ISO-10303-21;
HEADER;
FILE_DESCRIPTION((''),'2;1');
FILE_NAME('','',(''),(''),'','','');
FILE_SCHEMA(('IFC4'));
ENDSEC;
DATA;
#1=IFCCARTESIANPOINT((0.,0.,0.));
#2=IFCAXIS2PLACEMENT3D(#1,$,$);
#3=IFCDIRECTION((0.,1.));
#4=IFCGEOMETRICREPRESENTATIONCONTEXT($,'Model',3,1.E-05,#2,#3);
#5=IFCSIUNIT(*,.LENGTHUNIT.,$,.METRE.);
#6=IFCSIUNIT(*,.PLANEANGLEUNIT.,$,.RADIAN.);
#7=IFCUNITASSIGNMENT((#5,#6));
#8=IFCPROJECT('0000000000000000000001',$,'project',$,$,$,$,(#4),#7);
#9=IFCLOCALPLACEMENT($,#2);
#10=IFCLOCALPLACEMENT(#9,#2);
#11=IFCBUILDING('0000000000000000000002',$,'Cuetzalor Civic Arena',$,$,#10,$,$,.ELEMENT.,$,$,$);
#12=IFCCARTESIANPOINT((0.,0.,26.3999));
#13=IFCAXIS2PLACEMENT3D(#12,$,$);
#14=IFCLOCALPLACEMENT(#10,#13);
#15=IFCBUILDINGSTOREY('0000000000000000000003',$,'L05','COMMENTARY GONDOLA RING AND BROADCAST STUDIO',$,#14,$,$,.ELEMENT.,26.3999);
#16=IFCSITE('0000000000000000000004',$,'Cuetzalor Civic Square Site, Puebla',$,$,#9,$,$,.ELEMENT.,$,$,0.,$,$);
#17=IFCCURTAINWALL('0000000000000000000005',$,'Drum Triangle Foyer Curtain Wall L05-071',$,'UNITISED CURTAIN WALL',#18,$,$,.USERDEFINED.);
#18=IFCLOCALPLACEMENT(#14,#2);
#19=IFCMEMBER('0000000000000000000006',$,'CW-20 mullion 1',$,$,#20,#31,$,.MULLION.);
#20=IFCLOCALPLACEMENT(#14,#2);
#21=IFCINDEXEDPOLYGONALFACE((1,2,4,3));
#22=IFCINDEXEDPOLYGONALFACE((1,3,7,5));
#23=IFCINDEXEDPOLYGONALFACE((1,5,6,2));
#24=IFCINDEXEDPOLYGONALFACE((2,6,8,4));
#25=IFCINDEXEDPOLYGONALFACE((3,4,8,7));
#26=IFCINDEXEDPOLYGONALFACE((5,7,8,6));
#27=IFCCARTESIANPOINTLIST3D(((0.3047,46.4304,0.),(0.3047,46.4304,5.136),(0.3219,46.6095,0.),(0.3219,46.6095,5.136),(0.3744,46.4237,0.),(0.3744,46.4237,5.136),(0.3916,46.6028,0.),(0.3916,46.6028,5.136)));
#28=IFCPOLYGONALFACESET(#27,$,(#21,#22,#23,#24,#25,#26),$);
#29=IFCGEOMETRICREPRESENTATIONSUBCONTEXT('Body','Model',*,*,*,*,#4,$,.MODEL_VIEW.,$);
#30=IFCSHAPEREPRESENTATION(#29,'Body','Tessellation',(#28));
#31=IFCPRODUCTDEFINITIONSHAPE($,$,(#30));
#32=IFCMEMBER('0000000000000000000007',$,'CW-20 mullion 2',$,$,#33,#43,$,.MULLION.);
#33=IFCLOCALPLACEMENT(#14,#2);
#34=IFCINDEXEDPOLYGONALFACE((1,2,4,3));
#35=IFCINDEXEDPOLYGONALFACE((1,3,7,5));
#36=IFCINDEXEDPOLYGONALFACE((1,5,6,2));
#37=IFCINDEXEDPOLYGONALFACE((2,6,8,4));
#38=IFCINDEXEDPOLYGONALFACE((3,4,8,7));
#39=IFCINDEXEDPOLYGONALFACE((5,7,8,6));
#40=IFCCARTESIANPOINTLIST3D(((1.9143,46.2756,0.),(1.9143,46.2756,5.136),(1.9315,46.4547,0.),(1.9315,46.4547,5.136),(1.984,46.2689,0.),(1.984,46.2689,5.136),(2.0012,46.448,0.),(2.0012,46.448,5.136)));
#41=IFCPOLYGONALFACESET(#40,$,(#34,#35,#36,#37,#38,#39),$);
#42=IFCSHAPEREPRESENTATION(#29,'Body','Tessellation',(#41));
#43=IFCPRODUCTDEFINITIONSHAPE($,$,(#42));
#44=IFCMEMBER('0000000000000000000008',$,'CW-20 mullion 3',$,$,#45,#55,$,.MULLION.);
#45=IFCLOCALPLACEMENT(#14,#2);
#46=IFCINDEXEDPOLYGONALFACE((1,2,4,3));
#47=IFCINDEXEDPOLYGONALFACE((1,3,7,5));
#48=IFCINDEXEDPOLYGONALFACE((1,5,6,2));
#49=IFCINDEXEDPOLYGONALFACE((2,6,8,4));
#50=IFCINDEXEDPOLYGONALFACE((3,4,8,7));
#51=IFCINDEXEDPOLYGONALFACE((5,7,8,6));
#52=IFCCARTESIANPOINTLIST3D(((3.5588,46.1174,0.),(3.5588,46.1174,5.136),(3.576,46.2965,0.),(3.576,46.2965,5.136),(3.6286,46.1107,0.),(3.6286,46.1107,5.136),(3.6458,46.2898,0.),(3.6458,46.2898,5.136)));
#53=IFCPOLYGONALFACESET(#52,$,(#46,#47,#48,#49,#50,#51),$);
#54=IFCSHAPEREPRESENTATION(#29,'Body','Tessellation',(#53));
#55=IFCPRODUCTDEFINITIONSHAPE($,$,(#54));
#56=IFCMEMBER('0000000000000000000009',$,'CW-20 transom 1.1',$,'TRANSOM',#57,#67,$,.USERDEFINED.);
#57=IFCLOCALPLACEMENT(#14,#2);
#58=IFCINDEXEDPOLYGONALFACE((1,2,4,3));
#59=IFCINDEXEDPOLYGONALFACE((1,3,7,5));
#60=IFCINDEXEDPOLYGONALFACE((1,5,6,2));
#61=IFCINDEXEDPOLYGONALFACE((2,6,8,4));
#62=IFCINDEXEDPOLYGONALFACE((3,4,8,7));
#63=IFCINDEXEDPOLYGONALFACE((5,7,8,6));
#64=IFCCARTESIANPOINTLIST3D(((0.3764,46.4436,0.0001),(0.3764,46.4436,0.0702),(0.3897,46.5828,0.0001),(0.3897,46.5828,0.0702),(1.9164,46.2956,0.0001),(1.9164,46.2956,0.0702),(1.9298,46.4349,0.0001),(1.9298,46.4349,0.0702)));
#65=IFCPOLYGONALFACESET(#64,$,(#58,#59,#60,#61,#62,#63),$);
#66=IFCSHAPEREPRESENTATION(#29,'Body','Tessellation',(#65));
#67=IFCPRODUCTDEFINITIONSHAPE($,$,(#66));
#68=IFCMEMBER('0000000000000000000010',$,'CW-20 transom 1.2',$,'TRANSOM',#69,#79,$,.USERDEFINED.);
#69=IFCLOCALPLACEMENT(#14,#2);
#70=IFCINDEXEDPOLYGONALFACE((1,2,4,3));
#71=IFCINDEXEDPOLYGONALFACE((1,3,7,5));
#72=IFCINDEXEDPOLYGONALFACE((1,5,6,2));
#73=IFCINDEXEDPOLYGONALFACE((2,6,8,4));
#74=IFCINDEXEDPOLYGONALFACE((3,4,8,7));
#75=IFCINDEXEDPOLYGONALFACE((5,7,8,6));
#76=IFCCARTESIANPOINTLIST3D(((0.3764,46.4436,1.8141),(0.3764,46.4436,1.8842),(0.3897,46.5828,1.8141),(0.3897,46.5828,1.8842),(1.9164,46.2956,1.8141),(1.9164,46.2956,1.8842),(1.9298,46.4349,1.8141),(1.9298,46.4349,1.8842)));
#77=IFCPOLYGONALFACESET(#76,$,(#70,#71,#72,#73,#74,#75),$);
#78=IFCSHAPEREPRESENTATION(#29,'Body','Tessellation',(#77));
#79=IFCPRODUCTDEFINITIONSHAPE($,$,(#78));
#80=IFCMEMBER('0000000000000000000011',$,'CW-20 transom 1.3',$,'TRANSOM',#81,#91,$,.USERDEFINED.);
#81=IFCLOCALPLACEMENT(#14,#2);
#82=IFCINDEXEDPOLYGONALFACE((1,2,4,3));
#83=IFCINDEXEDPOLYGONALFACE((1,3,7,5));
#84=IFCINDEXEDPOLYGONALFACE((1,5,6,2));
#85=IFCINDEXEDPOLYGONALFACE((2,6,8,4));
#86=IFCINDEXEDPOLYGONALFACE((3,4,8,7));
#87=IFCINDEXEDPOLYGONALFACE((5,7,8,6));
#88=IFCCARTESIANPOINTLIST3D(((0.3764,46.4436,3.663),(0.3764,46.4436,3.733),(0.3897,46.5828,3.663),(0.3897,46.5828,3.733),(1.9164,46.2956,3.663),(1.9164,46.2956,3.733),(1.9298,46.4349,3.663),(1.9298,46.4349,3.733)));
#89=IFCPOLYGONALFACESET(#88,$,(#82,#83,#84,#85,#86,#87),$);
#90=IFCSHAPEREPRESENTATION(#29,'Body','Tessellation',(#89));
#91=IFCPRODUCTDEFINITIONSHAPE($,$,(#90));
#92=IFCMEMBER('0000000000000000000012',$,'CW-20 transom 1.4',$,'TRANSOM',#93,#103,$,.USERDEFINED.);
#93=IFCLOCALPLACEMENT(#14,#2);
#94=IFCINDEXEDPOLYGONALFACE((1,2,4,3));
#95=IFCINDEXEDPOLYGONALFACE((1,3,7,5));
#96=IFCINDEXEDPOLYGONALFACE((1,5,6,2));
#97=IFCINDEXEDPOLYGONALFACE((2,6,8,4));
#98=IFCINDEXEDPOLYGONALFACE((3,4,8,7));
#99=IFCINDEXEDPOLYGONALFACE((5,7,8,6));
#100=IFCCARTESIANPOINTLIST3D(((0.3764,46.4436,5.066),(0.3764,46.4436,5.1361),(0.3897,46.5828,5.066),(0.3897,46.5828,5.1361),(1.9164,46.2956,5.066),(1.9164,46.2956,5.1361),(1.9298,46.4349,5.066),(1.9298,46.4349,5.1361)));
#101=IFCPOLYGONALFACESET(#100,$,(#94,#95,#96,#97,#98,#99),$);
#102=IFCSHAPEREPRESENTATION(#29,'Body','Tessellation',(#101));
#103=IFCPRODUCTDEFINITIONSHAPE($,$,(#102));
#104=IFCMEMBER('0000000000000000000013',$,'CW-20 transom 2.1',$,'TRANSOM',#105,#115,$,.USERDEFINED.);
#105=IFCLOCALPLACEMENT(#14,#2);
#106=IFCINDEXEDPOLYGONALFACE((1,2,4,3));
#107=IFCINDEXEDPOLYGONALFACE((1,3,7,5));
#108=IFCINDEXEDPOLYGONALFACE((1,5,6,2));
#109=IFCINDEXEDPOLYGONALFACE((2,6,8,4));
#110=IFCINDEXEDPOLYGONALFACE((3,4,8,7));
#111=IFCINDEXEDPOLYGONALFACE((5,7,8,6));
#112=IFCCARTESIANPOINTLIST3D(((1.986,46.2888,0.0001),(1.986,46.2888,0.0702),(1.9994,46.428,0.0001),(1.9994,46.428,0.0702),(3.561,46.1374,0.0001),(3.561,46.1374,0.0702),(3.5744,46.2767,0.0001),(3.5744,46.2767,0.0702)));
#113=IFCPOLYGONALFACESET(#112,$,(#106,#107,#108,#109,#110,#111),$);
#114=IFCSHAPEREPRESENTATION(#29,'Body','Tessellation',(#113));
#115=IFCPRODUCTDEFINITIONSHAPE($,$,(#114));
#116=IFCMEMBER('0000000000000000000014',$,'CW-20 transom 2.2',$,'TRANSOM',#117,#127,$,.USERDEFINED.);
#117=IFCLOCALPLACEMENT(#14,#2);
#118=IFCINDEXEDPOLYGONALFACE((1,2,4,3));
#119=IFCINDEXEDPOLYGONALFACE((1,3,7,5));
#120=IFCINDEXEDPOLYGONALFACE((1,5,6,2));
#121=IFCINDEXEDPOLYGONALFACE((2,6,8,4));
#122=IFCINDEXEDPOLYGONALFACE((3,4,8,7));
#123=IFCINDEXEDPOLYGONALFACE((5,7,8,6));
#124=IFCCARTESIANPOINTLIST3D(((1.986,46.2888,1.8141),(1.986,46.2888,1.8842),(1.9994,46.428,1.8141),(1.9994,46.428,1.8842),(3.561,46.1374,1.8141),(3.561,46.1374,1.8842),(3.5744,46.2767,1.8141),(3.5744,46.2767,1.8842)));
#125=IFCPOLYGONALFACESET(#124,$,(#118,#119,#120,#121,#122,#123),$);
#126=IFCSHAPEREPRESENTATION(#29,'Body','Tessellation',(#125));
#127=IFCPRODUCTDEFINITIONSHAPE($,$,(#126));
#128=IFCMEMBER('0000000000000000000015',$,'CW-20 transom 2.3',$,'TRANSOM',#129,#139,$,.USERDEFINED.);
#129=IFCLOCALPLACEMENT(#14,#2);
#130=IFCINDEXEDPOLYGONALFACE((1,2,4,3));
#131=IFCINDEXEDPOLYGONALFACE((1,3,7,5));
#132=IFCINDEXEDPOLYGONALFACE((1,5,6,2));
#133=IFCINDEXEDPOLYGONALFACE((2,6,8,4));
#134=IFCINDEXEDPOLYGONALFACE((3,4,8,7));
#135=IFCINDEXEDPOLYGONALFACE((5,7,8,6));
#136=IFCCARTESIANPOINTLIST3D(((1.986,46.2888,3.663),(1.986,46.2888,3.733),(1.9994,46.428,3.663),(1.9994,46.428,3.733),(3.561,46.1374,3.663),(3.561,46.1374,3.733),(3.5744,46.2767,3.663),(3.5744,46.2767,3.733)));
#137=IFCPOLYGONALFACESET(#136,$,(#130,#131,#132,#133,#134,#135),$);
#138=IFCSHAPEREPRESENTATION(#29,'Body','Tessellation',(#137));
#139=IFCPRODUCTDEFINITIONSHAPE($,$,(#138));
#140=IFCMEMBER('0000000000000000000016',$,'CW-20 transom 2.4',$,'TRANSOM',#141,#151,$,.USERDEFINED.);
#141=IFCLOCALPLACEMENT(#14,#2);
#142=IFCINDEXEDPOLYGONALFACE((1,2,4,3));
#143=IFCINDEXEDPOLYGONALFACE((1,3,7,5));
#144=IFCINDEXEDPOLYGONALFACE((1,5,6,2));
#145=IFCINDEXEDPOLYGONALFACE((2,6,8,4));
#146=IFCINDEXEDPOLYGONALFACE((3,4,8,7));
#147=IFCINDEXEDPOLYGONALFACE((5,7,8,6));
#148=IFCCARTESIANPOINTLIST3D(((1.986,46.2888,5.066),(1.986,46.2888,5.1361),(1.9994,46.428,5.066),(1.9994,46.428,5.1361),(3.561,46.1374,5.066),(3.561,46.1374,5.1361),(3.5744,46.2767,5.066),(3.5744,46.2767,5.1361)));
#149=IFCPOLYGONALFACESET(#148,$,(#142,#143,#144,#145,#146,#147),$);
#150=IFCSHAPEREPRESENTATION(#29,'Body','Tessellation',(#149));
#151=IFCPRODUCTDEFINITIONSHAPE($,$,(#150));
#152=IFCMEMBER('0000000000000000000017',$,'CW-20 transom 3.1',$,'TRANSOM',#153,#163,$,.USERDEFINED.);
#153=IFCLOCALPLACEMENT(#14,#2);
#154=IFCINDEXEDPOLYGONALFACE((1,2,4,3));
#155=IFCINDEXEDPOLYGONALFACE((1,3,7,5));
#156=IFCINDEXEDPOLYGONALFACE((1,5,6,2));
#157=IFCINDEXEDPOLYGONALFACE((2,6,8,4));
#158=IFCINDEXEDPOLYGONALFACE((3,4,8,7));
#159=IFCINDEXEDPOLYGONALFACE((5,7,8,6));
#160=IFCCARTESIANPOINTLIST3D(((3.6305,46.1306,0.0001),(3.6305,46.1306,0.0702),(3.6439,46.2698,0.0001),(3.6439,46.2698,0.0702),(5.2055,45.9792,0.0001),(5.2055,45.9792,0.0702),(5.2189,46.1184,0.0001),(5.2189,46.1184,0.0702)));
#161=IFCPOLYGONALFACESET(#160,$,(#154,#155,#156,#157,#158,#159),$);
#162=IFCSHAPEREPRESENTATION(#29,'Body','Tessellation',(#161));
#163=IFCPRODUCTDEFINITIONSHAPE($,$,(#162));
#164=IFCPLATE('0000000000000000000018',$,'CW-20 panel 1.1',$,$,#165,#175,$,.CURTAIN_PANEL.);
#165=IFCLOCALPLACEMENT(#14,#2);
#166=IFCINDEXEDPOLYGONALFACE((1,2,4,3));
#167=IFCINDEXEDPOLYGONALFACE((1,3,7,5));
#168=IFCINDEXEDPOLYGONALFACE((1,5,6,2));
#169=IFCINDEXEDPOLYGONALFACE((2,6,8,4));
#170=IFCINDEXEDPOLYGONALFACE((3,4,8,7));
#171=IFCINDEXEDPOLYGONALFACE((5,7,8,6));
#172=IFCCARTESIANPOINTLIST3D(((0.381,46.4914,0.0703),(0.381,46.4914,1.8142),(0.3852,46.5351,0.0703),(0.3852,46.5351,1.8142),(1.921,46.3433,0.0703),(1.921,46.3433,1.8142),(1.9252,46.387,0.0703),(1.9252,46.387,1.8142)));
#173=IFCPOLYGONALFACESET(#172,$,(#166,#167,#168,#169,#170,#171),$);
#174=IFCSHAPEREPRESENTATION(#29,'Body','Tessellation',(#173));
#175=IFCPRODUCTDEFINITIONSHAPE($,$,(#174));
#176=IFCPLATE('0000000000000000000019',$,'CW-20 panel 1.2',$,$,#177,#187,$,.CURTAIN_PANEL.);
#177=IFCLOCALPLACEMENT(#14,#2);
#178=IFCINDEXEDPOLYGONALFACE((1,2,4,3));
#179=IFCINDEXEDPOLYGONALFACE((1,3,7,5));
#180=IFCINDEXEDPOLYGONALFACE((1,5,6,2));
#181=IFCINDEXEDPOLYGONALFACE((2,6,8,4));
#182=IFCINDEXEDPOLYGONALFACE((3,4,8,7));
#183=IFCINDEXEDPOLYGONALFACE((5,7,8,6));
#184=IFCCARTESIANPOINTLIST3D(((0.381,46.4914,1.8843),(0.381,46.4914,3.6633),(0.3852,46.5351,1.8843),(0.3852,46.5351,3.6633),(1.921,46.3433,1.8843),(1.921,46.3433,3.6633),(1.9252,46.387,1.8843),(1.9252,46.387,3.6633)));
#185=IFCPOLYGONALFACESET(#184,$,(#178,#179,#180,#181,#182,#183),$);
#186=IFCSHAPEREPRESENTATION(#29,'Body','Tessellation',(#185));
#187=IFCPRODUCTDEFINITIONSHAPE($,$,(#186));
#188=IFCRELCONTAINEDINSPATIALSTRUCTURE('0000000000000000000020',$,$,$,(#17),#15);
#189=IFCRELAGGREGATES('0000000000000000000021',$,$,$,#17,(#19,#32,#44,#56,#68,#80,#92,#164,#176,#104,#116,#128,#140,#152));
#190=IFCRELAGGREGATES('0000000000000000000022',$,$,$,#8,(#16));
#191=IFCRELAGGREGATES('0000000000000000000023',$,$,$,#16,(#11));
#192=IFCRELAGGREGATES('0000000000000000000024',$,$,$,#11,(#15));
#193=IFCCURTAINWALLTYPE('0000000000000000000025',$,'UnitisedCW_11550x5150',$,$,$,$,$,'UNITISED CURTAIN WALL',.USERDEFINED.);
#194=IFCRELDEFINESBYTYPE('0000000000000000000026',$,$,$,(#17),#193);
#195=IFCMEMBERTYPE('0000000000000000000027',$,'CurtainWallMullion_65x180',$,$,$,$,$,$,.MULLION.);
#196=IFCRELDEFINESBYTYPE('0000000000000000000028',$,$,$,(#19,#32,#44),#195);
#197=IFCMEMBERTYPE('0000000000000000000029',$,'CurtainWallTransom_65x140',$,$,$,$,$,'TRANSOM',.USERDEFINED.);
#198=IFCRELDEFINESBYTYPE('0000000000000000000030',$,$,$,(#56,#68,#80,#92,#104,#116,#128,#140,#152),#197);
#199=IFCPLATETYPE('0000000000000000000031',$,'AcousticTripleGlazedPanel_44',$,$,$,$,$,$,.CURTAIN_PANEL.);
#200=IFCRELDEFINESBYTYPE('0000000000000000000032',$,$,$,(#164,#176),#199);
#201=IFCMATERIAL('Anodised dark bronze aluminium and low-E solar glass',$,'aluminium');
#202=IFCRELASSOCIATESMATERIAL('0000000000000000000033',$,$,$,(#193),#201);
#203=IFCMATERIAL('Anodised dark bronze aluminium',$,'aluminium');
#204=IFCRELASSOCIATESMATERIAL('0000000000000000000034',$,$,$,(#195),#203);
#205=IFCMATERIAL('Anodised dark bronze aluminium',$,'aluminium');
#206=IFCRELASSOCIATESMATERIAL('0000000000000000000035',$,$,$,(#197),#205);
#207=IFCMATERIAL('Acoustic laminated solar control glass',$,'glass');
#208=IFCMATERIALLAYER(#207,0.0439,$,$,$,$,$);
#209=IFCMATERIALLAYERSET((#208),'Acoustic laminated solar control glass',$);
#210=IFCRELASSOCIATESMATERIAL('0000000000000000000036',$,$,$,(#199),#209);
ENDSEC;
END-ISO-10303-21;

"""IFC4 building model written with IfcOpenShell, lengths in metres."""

from ifc_helpers import new_model, si_unit, direction, frame, origin, origin_2d, place, context, subcontext, project, spatial, rectangle, extrude, material, layer, layer_set, material_profile, profile_set, type_object, element, aggregate, save


model = new_model("IFC4")

# Units and contexts
model_context = context("Model", 3, precision=1e-05, world=origin(), true_north=direction((0.0, 1.0)))
body_context = subcontext(model_context, "Body", "Model", "MODEL_VIEW")
ifc_project = project(units=[si_unit("LENGTHUNIT", "METRE"), si_unit("PLANEANGLEUNIT", "RADIAN")], contexts=[model_context])

# Site, building, storey
site_placement = place(None, origin())
site = spatial("IfcSite", under=ifc_project, at=site_placement, Name="Cuetzalor Civic Square Site, Puebla", CompositionType="ELEMENT", RefElevation=0.0)
building_placement = place(site_placement, origin())
building = spatial("IfcBuilding", under=site, at=building_placement, Name="Cuetzalor Civic Arena", CompositionType="ELEMENT")
storey_placement = place(building_placement, frame((0.0, 0.0, 26.3999)))
storey = spatial("IfcBuildingStorey", under=building, at=storey_placement, Name="L05", Description="COMMENTARY GONDOLA RING AND BROADCAST STUDIO", CompositionType="ELEMENT", Elevation=26.3999)

# Curtain wall, members, plates
ifc_material_1 = material(Name="Anodised dark bronze aluminium and low-E solar glass", Category="aluminium")
curtain_wall_type = type_object("IfcCurtainWallType", Name="UnitisedCW_11550x5150", ElementType="UNITISED CURTAIN WALL", PredefinedType="USERDEFINED", material=ifc_material_1)
curtain_wall_placement = place(storey_placement, origin())
curtain_wall = element("IfcCurtainWall", 1, at=curtain_wall_placement, inside=storey, type_object=curtain_wall_type, Name="Drum Triangle Foyer Curtain Wall L05-071", ObjectType="UNITISED CURTAIN WALL", PredefinedType="USERDEFINED")
ifc_material_2 = material(Name="Anodised dark bronze aluminium", Category="aluminium")
ifc_material_profile_1 = material_profile(ifc_material_2, rectangle(XDim=0.0701, YDim=0.1799, at=origin_2d()), Name="ALU MULLION 70x180")
ifc_profile_set_1 = profile_set([ifc_material_profile_1], Name="Anodised dark bronze aluminium")
member_type_1 = type_object("IfcMemberType", Name="CurtainWallMullion_65x180", PredefinedType="MULLION", material=ifc_profile_set_1)
member_1_placement = place(storey_placement, frame((0.3481, 46.5166, 0.0), z_axis=(0.0, 0.0, 1.0), x_axis=(0.995409, -0.095711, 0.0)))
member_1 = element("IfcMember", 2, at=member_1_placement, type_object=member_type_1, Name="CW-20 mullion 1", PredefinedType="MULLION", context=body_context, shape_type="SweptSolid", body=[
    extrude(rectangle(XDim=0.0701, YDim=0.1799, at=origin_2d()), origin(), (0.0, 0.0, 1.0), 5.136),
])
member_2_placement = place(storey_placement, frame((1.9578, 46.3618, 0.0), z_axis=(0.0, 0.0, 1.0), x_axis=(0.995409, -0.095711, 0.0)))
member_2 = element("IfcMember", 3, at=member_2_placement, type_object=member_type_1, Name="CW-20 mullion 2", PredefinedType="MULLION", context=body_context, shape_type="SweptSolid", body=[
    extrude(rectangle(XDim=0.0701, YDim=0.1799, at=origin_2d()), origin(), (0.0, 0.0, 1.0), 5.136),
])
member_3_placement = place(storey_placement, frame((3.6023, 46.2036, 0.0), z_axis=(0.0, 0.0, 1.0), x_axis=(0.995409, -0.095711, 0.0)))
member_3 = element("IfcMember", 4, at=member_3_placement, type_object=member_type_1, Name="CW-20 mullion 3", PredefinedType="MULLION", context=body_context, shape_type="SweptSolid", body=[
    extrude(rectangle(XDim=0.0701, YDim=0.1799, at=origin_2d()), origin(), (0.0, 0.0, 1.0), 5.136),
])
ifc_material_3 = material(Name="Anodised dark bronze aluminium", Category="aluminium")
ifc_material_profile_2 = material_profile(ifc_material_3, rectangle(XDim=0.1399, YDim=0.0701, at=origin_2d()), Name="ALU TRANSOM 70x140")
ifc_profile_set_2 = profile_set([ifc_material_profile_2], Name="Anodised dark bronze aluminium")
member_type_2 = type_object("IfcMemberType", Name="CurtainWallTransom_65x140", ElementType="TRANSOM", PredefinedType="USERDEFINED", material=ifc_profile_set_2)
member_4_placement = place(storey_placement, frame((0.3831, 46.5132, 0.0352), z_axis=(0.995417, -0.095628, 0.0), x_axis=(0.095628, 0.995417, 0.0)))
member_4 = element("IfcMember", 5, at=member_4_placement, type_object=member_type_2, Name="CW-20 transom 1.1", ObjectType="TRANSOM", PredefinedType="USERDEFINED", context=body_context, shape_type="SweptSolid", body=[
    extrude(rectangle(XDim=0.1399, YDim=0.0701, at=origin_2d()), origin(), (0.0, 0.0, 1.0), 1.5471),
])
member_5_placement = place(storey_placement, frame((0.3831, 46.5132, 1.8491), z_axis=(0.995417, -0.095628, 0.0), x_axis=(0.095628, 0.995417, 0.0)))
member_5 = element("IfcMember", 6, at=member_5_placement, type_object=member_type_2, Name="CW-20 transom 1.2", ObjectType="TRANSOM", PredefinedType="USERDEFINED", context=body_context, shape_type="SweptSolid", body=[
    extrude(rectangle(XDim=0.1399, YDim=0.0701, at=origin_2d()), origin(), (0.0, 0.0, 1.0), 1.5471),
])
member_6_placement = place(storey_placement, frame((0.3831, 46.5132, 3.698), z_axis=(0.995417, -0.095628, 0.0), x_axis=(0.095628, 0.995417, 0.0)))
member_6 = element("IfcMember", 7, at=member_6_placement, type_object=member_type_2, Name="CW-20 transom 1.3", ObjectType="TRANSOM", PredefinedType="USERDEFINED", context=body_context, shape_type="SweptSolid", body=[
    extrude(rectangle(XDim=0.1399, YDim=0.0701, at=origin_2d()), origin(), (0.0, 0.0, 1.0), 1.5471),
])
member_7_placement = place(storey_placement, frame((0.3831, 46.5132, 5.1011), z_axis=(0.995417, -0.095628, 0.0), x_axis=(0.095628, 0.995417, 0.0)))
member_7 = element("IfcMember", 8, at=member_7_placement, type_object=member_type_2, Name="CW-20 transom 1.4", ObjectType="TRANSOM", PredefinedType="USERDEFINED", context=body_context, shape_type="SweptSolid", body=[
    extrude(rectangle(XDim=0.1399, YDim=0.0701, at=origin_2d()), origin(), (0.0, 0.0, 1.0), 1.5471),
])
member_8_placement = place(storey_placement, frame((1.9927, 46.3584, 0.0352), z_axis=(0.995413, -0.095668, 0.0), x_axis=(0.095668, 0.995413, 0.0)))
member_8 = element("IfcMember", 9, at=member_8_placement, type_object=member_type_2, Name="CW-20 transom 2.1", ObjectType="TRANSOM", PredefinedType="USERDEFINED", context=body_context, shape_type="SweptSolid", body=[
    extrude(rectangle(XDim=0.1399, YDim=0.0701, at=origin_2d()), origin(), (0.0, 0.0, 1.0), 1.5823),
])
member_9_placement = place(storey_placement, frame((1.9927, 46.3584, 1.8491), z_axis=(0.995413, -0.095668, 0.0), x_axis=(0.095668, 0.995413, 0.0)))
member_9 = element("IfcMember", 10, at=member_9_placement, type_object=member_type_2, Name="CW-20 transom 2.2", ObjectType="TRANSOM", PredefinedType="USERDEFINED", context=body_context, shape_type="SweptSolid", body=[
    extrude(rectangle(XDim=0.1399, YDim=0.0701, at=origin_2d()), origin(), (0.0, 0.0, 1.0), 1.5823),
])
member_10_placement = place(storey_placement, frame((1.9927, 46.3584, 3.698), z_axis=(0.995413, -0.095668, 0.0), x_axis=(0.095668, 0.995413, 0.0)))
member_10 = element("IfcMember", 11, at=member_10_placement, type_object=member_type_2, Name="CW-20 transom 2.3", ObjectType="TRANSOM", PredefinedType="USERDEFINED", context=body_context, shape_type="SweptSolid", body=[
    extrude(rectangle(XDim=0.1399, YDim=0.0701, at=origin_2d()), origin(), (0.0, 0.0, 1.0), 1.5823),
])
member_11_placement = place(storey_placement, frame((1.9927, 46.3584, 5.1011), z_axis=(0.995413, -0.095668, 0.0), x_axis=(0.095668, 0.995413, 0.0)))
member_11 = element("IfcMember", 12, at=member_11_placement, type_object=member_type_2, Name="CW-20 transom 2.4", ObjectType="TRANSOM", PredefinedType="USERDEFINED", context=body_context, shape_type="SweptSolid", body=[
    extrude(rectangle(XDim=0.1399, YDim=0.0701, at=origin_2d()), origin(), (0.0, 0.0, 1.0), 1.5823),
])
member_12_placement = place(storey_placement, frame((3.6372, 46.2002, 0.0352), z_axis=(0.995413, -0.095668, 0.0), x_axis=(0.095668, 0.995413, 0.0)))
member_12 = element("IfcMember", 13, at=member_12_placement, type_object=member_type_2, Name="CW-20 transom 3.1", ObjectType="TRANSOM", PredefinedType="USERDEFINED", context=body_context, shape_type="SweptSolid", body=[
    extrude(rectangle(XDim=0.1399, YDim=0.0701, at=origin_2d()), origin(), (0.0, 0.0, 1.0), 1.5823),
])
ifc_material_4 = material(Name="Acoustic laminated solar control glass", Category="glass")
ifc_layer_1 = layer(ifc_material_4, 0.0439)
ifc_layer_set_1 = layer_set([ifc_layer_1], Name="Acoustic laminated solar control glass")
plate_type = type_object("IfcPlateType", Name="AcousticTripleGlazedPanel_44", PredefinedType="CURTAIN_PANEL", material=ifc_layer_set_1)
plate_1_placement = place(storey_placement, frame((1.1531, 46.4392, 0.0703), z_axis=(0.0, 0.0, 1.0), x_axis=(0.995409, -0.095711, 0.0)))
plate_1 = element("IfcPlate", 14, at=plate_1_placement, type_object=plate_type, Name="CW-20 panel 1.1", PredefinedType="CURTAIN_PANEL", context=body_context, shape_type="SweptSolid", body=[
    extrude(rectangle(XDim=1.5471, YDim=0.0439, at=origin_2d()), origin(), (0.0, 0.0, 1.0), 1.7439),
])
plate_2_placement = place(storey_placement, frame((1.1531, 46.4392, 1.8843), z_axis=(0.0, 0.0, 1.0), x_axis=(0.995409, -0.095711, 0.0)))
plate_2 = element("IfcPlate", 15, at=plate_2_placement, type_object=plate_type, Name="CW-20 panel 1.2", PredefinedType="CURTAIN_PANEL", context=body_context, shape_type="SweptSolid", body=[
    extrude(rectangle(XDim=1.5471, YDim=0.0439, at=origin_2d()), origin(), (0.0, 0.0, 1.0), 1.7791),
])
aggregate(curtain_wall, [member_1, member_2, member_3, member_4, member_5, member_6, member_7, plate_1, plate_2, member_8, member_9, member_10, member_11, member_12])

save(model, "model.ifc")
